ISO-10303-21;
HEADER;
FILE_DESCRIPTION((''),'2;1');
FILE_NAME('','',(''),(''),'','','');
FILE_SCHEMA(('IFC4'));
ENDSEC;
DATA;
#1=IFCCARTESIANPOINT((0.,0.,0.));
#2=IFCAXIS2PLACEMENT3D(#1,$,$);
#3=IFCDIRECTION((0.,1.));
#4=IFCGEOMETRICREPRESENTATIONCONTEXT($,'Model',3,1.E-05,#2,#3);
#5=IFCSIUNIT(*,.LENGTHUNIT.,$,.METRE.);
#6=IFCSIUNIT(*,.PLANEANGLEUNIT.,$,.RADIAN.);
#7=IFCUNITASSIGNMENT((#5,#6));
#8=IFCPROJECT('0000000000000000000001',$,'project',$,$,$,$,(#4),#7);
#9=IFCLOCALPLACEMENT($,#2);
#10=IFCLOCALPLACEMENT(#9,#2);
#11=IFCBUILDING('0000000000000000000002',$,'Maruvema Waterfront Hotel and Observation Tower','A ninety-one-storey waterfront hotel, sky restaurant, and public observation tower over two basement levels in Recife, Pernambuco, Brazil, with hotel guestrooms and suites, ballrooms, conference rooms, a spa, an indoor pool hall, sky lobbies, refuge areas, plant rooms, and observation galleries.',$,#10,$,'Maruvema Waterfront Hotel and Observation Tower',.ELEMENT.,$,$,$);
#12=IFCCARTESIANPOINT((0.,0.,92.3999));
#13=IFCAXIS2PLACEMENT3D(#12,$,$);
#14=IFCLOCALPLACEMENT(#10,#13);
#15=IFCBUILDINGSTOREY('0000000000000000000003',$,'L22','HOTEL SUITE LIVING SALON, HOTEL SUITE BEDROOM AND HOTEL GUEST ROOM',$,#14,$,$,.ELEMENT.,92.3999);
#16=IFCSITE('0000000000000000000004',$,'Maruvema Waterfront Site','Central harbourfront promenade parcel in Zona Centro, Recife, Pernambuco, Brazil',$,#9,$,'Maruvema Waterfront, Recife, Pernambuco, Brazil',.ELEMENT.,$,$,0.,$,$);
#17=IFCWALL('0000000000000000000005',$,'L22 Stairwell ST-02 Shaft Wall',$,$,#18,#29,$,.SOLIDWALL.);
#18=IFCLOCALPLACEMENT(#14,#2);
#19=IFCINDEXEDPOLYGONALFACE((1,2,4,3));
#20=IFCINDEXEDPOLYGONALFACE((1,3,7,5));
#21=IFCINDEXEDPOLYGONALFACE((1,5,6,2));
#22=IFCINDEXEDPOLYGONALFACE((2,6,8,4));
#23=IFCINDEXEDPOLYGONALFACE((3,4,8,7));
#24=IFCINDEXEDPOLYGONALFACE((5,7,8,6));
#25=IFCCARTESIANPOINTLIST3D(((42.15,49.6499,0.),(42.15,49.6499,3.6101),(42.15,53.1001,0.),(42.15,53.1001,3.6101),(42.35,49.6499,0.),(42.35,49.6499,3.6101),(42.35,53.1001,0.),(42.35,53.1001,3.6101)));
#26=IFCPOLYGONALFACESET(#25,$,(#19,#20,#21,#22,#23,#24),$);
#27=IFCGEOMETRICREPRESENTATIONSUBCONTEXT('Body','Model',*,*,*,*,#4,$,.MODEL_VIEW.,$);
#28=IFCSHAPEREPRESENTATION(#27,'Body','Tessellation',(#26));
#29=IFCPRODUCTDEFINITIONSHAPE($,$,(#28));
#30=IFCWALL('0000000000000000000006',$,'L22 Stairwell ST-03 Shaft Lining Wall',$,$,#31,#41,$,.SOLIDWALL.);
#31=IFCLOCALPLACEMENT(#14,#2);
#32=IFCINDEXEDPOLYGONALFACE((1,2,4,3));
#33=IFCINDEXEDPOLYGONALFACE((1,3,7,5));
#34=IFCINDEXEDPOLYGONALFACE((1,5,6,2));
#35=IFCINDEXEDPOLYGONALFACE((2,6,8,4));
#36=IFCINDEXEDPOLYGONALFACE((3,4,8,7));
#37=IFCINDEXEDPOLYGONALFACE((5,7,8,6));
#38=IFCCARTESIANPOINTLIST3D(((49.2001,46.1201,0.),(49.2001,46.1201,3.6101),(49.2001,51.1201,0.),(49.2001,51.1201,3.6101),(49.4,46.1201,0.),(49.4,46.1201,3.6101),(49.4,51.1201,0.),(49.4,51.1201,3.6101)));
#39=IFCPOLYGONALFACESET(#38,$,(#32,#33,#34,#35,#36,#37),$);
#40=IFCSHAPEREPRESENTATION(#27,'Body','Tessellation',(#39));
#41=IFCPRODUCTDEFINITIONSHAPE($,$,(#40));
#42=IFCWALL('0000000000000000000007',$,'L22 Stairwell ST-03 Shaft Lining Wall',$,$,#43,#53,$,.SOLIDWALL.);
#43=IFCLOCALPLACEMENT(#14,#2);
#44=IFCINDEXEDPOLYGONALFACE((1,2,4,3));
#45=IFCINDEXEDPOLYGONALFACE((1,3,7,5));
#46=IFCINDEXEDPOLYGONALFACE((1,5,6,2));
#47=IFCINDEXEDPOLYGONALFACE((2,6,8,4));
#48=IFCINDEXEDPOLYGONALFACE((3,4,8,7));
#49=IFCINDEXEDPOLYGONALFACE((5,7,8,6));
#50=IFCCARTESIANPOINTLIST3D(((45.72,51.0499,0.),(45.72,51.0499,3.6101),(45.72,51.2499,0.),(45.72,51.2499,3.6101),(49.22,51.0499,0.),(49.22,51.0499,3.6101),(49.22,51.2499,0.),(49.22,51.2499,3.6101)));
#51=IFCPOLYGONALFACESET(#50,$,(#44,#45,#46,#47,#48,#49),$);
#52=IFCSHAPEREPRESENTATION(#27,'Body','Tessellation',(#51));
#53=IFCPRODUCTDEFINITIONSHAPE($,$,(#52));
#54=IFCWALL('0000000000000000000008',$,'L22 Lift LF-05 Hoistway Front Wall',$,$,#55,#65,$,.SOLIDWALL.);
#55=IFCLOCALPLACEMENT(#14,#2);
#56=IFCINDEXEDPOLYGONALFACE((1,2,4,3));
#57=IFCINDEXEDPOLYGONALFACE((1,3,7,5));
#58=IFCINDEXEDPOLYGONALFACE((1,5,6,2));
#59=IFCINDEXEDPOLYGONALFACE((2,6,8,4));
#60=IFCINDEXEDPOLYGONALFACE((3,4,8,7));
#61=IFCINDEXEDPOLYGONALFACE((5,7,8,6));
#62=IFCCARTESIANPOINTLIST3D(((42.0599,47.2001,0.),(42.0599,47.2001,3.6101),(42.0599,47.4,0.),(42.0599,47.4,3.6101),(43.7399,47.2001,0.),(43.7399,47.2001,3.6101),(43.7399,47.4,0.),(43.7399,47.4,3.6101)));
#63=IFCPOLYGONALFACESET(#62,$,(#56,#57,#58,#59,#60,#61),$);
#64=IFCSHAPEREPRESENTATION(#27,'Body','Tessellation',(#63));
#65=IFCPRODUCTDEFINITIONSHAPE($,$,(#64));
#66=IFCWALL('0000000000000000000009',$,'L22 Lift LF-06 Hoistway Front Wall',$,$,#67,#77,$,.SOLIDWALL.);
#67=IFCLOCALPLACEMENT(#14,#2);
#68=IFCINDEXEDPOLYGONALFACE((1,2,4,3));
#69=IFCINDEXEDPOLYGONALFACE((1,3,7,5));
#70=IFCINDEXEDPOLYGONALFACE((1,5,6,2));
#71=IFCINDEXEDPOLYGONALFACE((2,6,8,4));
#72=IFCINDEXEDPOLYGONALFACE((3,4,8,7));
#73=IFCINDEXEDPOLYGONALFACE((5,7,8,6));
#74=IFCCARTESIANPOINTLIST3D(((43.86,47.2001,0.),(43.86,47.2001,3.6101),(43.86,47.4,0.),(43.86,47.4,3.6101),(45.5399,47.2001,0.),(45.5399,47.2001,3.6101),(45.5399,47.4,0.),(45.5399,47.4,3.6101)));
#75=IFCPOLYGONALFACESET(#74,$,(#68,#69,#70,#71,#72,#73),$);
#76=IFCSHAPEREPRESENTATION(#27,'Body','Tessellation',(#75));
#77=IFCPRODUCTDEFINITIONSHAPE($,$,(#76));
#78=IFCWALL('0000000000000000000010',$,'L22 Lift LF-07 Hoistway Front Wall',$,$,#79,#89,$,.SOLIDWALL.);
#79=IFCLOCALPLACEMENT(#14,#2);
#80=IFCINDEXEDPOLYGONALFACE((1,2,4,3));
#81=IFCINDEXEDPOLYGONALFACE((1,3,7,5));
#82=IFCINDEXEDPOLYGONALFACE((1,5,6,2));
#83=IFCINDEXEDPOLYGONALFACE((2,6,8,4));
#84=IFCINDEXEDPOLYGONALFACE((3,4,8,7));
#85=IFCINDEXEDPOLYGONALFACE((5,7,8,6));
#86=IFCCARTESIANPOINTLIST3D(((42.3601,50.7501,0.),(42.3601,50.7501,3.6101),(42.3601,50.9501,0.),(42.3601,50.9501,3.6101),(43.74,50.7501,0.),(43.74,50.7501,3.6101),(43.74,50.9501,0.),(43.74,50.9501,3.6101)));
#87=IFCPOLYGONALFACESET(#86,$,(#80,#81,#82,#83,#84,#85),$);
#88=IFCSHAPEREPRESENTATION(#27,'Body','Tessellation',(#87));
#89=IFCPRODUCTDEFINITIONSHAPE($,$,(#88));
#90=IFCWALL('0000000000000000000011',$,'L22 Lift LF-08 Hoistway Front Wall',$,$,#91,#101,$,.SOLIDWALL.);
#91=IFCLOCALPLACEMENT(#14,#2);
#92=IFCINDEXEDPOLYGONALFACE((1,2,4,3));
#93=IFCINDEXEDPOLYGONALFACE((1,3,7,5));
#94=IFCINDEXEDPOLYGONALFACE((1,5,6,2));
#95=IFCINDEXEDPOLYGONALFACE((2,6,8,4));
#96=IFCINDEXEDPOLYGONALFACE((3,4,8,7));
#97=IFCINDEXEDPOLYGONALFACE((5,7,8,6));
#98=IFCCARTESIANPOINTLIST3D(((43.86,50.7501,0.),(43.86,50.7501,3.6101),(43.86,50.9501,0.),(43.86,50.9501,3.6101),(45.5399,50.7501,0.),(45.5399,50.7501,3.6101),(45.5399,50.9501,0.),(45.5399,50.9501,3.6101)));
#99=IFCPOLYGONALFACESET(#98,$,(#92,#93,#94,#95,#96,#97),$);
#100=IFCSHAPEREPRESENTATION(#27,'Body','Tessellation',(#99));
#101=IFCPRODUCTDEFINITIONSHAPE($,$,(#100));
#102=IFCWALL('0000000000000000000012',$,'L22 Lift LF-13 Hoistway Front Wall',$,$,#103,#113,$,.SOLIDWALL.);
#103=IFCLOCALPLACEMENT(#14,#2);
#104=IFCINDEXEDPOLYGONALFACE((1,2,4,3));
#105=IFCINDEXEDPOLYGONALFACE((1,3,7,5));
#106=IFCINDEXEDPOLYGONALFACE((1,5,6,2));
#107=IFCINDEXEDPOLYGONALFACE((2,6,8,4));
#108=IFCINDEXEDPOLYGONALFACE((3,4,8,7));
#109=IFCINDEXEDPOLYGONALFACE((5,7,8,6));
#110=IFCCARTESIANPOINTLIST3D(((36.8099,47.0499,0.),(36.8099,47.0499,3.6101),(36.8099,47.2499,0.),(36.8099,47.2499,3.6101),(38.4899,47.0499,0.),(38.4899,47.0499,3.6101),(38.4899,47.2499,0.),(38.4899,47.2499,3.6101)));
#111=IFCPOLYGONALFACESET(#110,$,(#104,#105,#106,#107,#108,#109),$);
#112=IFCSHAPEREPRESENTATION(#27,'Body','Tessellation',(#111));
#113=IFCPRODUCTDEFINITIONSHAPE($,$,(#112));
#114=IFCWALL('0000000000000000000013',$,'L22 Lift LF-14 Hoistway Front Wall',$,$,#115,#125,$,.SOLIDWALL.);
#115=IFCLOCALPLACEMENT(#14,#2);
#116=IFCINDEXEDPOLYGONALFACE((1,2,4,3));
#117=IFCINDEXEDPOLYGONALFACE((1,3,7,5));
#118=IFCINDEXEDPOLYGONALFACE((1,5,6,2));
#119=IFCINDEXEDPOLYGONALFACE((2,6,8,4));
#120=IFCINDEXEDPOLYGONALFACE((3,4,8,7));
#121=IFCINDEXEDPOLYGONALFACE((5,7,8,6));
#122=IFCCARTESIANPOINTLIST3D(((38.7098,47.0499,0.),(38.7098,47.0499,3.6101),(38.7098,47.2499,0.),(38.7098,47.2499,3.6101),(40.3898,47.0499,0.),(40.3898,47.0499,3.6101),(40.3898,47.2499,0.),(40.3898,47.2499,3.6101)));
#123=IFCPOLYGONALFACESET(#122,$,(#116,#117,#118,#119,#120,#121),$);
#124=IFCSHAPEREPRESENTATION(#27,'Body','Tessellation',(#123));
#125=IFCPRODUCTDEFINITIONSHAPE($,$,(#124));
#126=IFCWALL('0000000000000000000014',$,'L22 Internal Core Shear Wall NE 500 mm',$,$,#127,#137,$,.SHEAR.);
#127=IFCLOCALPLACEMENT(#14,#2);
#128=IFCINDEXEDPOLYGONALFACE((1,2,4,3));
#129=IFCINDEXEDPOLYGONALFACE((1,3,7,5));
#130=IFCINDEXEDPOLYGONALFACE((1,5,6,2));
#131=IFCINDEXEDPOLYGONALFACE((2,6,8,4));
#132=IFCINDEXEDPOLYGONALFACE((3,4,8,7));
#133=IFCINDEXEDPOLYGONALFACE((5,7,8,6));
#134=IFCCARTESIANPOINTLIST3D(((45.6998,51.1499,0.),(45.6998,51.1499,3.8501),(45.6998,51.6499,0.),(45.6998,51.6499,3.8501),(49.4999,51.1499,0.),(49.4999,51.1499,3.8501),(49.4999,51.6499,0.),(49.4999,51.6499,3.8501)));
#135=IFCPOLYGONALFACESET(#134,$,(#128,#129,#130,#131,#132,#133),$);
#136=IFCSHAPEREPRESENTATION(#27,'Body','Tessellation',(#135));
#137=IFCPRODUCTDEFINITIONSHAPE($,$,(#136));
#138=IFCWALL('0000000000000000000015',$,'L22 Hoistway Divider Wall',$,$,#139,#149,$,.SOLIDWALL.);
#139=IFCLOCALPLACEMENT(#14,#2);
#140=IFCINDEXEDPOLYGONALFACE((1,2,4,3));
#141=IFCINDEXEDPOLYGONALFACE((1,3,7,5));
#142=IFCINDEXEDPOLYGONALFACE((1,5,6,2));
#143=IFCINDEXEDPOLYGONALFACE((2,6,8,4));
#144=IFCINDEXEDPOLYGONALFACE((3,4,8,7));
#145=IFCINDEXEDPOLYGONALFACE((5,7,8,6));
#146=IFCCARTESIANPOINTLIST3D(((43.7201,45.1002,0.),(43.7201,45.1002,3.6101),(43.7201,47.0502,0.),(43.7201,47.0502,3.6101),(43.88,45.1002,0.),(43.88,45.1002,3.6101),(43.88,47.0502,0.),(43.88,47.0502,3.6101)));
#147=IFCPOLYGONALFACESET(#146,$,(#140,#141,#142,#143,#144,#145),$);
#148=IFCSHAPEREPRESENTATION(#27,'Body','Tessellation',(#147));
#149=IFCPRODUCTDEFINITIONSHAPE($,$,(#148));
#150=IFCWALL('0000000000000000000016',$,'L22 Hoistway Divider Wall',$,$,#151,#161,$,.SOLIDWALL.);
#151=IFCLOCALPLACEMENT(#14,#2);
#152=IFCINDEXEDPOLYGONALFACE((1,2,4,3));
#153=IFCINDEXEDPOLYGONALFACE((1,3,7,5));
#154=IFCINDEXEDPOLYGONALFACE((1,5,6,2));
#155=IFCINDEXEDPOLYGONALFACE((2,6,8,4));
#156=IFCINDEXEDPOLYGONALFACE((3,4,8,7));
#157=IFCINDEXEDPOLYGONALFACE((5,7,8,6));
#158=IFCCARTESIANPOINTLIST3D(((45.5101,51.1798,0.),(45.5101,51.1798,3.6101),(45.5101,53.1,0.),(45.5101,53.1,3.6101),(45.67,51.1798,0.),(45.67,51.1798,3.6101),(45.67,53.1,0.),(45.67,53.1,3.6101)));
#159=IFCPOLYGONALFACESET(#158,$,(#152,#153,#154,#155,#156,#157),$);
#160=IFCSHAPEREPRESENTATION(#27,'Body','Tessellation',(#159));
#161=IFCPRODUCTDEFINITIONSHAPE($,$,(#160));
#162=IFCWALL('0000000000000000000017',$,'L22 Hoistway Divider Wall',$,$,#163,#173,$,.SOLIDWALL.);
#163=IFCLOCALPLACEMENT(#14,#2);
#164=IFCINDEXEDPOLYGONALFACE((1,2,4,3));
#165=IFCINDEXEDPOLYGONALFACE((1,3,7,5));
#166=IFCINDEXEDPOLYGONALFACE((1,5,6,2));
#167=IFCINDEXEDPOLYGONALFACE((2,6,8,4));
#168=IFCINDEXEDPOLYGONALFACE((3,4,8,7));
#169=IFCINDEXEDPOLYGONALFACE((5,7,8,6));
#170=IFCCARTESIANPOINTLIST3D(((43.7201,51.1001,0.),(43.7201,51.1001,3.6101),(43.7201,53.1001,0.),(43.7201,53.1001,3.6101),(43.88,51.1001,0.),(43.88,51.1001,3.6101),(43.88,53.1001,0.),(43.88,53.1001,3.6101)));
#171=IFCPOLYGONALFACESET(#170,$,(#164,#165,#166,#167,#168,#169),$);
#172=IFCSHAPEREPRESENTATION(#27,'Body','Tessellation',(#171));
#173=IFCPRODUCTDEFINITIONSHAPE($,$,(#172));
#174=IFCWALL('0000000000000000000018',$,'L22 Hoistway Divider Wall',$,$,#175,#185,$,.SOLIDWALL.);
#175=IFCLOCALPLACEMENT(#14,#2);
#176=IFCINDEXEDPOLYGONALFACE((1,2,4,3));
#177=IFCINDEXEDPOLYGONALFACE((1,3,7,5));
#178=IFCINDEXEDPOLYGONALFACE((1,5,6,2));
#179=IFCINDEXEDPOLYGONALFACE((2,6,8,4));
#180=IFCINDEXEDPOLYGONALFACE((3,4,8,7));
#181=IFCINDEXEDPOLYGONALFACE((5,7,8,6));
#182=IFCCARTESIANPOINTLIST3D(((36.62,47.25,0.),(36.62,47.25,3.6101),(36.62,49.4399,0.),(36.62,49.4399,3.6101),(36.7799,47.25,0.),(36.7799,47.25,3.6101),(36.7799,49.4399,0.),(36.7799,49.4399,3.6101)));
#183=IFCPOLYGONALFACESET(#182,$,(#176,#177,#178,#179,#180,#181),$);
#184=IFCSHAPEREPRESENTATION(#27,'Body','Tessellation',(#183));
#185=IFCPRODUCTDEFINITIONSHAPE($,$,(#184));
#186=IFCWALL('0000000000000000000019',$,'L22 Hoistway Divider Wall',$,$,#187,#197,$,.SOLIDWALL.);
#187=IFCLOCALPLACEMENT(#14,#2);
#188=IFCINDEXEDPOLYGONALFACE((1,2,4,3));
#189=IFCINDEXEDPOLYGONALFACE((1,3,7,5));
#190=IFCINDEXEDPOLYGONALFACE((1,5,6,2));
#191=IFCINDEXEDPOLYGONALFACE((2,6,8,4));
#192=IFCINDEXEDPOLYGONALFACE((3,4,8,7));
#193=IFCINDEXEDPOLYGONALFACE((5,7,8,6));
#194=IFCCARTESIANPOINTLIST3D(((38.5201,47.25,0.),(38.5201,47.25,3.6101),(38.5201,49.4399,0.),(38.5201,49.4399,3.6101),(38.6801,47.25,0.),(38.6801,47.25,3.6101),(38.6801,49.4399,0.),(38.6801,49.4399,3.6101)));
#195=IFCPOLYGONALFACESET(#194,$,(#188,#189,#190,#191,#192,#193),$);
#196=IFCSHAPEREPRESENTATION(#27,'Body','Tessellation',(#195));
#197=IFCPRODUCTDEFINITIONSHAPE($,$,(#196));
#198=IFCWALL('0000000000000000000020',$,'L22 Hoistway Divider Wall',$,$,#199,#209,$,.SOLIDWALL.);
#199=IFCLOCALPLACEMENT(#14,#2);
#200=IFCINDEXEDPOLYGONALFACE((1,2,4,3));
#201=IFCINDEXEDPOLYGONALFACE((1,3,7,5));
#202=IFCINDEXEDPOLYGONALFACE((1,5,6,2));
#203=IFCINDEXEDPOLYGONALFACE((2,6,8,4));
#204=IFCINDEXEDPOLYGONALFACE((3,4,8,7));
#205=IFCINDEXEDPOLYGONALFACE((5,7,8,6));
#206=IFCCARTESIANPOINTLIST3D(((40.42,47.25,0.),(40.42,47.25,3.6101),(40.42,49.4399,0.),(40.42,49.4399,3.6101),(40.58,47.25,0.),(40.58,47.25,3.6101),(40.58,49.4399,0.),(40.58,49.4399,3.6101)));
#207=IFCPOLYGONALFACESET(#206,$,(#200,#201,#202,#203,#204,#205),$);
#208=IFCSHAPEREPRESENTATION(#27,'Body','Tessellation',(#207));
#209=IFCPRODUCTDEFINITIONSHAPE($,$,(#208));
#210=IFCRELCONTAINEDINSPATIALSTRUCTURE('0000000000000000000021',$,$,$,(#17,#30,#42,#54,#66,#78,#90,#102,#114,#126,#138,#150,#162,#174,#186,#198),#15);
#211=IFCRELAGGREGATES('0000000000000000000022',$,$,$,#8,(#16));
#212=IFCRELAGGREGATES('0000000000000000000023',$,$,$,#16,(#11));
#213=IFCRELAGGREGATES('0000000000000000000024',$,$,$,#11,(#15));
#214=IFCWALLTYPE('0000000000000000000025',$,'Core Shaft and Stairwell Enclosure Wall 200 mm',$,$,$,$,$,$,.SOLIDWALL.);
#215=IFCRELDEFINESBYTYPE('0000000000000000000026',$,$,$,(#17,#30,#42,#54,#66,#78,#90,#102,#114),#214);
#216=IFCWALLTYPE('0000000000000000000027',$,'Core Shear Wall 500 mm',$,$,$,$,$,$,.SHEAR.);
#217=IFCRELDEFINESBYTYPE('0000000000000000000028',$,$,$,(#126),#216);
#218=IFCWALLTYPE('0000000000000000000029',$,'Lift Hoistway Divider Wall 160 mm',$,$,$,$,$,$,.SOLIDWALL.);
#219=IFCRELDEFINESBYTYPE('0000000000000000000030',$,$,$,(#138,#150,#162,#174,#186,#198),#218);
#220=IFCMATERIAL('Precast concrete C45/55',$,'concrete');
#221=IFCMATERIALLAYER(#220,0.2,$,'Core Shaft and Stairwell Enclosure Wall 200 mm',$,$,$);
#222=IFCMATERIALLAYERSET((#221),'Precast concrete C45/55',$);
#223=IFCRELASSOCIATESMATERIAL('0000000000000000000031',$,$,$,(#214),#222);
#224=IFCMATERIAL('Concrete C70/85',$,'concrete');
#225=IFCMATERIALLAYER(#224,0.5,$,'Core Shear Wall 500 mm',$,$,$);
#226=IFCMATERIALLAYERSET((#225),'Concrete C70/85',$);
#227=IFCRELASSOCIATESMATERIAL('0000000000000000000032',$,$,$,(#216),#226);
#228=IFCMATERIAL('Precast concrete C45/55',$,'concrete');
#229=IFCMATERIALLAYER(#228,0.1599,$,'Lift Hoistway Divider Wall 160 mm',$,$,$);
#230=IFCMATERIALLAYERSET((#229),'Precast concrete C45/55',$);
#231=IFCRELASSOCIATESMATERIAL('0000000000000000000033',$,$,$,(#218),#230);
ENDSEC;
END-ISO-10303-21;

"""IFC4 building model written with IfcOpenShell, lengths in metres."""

from ifc_helpers import new_model, si_unit, direction, frame, frame_2d, origin, place, context, subcontext, project, spatial, rectangle, extrude, material, layer, layer_set, type_object, element, save


model = new_model("IFC4")

# Units and contexts
model_context = context("Model", 3, precision=1e-05, world=origin(), true_north=direction((0.0, 1.0)))
body_context = subcontext(model_context, "Body", "Model", "MODEL_VIEW")
ifc_project = project(units=[si_unit("LENGTHUNIT", "METRE"), si_unit("PLANEANGLEUNIT", "RADIAN")], contexts=[model_context])

# Site, building, storey
site_placement = place(None, origin())
site = spatial("IfcSite", under=ifc_project, at=site_placement, Name="Maruvema Waterfront Site", Description="Central harbourfront promenade parcel in Zona Centro, Recife, Pernambuco, Brazil", LongName="Maruvema Waterfront, Recife, Pernambuco, Brazil", CompositionType="ELEMENT", RefElevation=0.0)
building_placement = place(site_placement, origin())
building = spatial("IfcBuilding", under=site, at=building_placement, Name="Maruvema Waterfront Hotel and Observation Tower", Description="A ninety-one-storey waterfront hotel, sky restaurant, and public observation tower over two basement levels in Recife, Pernambuco, Brazil, with hotel guestrooms and suites, ballrooms, conference rooms, a spa, an indoor pool hall, sky lobbies, refuge areas, plant rooms, and observation galleries.", LongName="Maruvema Waterfront Hotel and Observation Tower", CompositionType="ELEMENT")
storey_placement = place(building_placement, frame((0.0, 0.0, 92.3999)))
storey = spatial("IfcBuildingStorey", under=building, at=storey_placement, Name="L22", Description="HOTEL SUITE LIVING SALON, HOTEL SUITE BEDROOM AND HOTEL GUEST ROOM", CompositionType="ELEMENT", Elevation=92.3999)

# Walls
ifc_material_1 = material(Name="Precast concrete C45/55", Category="concrete")
ifc_layer_1 = layer(ifc_material_1, 0.2, Name="Core Shaft and Stairwell Enclosure Wall 200 mm")
ifc_layer_set_1 = layer_set([ifc_layer_1], Name="Precast concrete C45/55")
wall_type_1 = type_object("IfcWallType", Name="Core Shaft and Stairwell Enclosure Wall 200 mm", PredefinedType="SOLIDWALL", material=ifc_layer_set_1)
wall_1_placement = place(storey_placement, frame((42.25, 49.6499, 0.0), z_axis=(0.0, 0.0, 1.0), x_axis=(0.0, 1.0, 0.0)))
element("IfcWall", 1, at=wall_1_placement, inside=storey, type_object=wall_type_1, Name="L22 Stairwell ST-02 Shaft Wall", PredefinedType="SOLIDWALL", context=body_context, shape_type="SweptSolid", body=[
    extrude(rectangle(XDim=3.4502, YDim=0.2, at=frame_2d((1.7251, 0.0))), origin(), (0.0, 0.0, 1.0), 3.6101),
])
wall_2_placement = place(storey_placement, frame((49.3, 46.1201, 0.0), z_axis=(0.0, 0.0, 1.0), x_axis=(0.0, 1.0, 0.0)))
element("IfcWall", 2, at=wall_2_placement, inside=storey, type_object=wall_type_1, Name="L22 Stairwell ST-03 Shaft Lining Wall", PredefinedType="SOLIDWALL", context=body_context, shape_type="SweptSolid", body=[
    extrude(rectangle(XDim=5.0, YDim=0.2, at=frame_2d((2.5, 0.0))), origin(), (0.0, 0.0, 1.0), 3.6101),
])
wall_3_placement = place(storey_placement, frame((45.72, 51.1499, 0.0), z_axis=(0.0, 0.0, 1.0), x_axis=(1.0, 0.0, 0.0)))
element("IfcWall", 3, at=wall_3_placement, inside=storey, type_object=wall_type_1, Name="L22 Stairwell ST-03 Shaft Lining Wall", PredefinedType="SOLIDWALL", context=body_context, shape_type="SweptSolid", body=[
    extrude(rectangle(XDim=3.5, YDim=0.2, at=frame_2d((1.75, 0.0))), origin(), (0.0, 0.0, 1.0), 3.6101),
])
for number, where, z_axis, x_axis, name in (
    (4, (42.0601, 47.3, 0.0), (0.0, 0.0, 1.0), (1.0, 0.0, 0.0), "L22 Lift LF-05 Hoistway Front Wall"),
    (5, (43.8601, 47.3, 0.0), (0.0, 0.0, 1.0), (1.0, 0.0, 0.0), "L22 Lift LF-06 Hoistway Front Wall"),
):
    element("IfcWall", number, at=place(storey_placement, frame(where, z_axis=z_axis, x_axis=x_axis)), inside=storey, type_object=wall_type_1, Name=name, PredefinedType="SOLIDWALL", context=body_context, shape_type="SweptSolid", body=[
        extrude(rectangle(XDim=1.6799, YDim=0.2, at=frame_2d((0.8398, 0.0))), origin(), (0.0, 0.0, 1.0), 3.6101),
    ])
wall_4_placement = place(storey_placement, frame((42.3601, 50.8501, 0.0), z_axis=(0.0, 0.0, 1.0), x_axis=(1.0, 0.0, 0.0)))
element("IfcWall", 6, at=wall_4_placement, inside=storey, type_object=wall_type_1, Name="L22 Lift LF-07 Hoistway Front Wall", PredefinedType="SOLIDWALL", context=body_context, shape_type="SweptSolid", body=[
    extrude(rectangle(XDim=1.3799, YDim=0.2, at=frame_2d((0.6899, 0.0))), origin(), (0.0, 0.0, 1.0), 3.6101),
])
for number, where, z_axis, x_axis, name in (
    (7, (43.8601, 50.8501, 0.0), (0.0, 0.0, 1.0), (1.0, 0.0, 0.0), "L22 Lift LF-08 Hoistway Front Wall"),
    (8, (36.8101, 47.1499, 0.0), (0.0, 0.0, 1.0), (1.0, 0.0, 0.0), "L22 Lift LF-13 Hoistway Front Wall"),
    (9, (38.71, 47.1499, 0.0), (0.0, 0.0, 1.0), (1.0, 0.0, 0.0), "L22 Lift LF-14 Hoistway Front Wall"),
):
    element("IfcWall", number, at=place(storey_placement, frame(where, z_axis=z_axis, x_axis=x_axis)), inside=storey, type_object=wall_type_1, Name=name, PredefinedType="SOLIDWALL", context=body_context, shape_type="SweptSolid", body=[
        extrude(rectangle(XDim=1.6799, YDim=0.2, at=frame_2d((0.8398, 0.0))), origin(), (0.0, 0.0, 1.0), 3.6101),
    ])
ifc_material_2 = material(Name="Concrete C70/85", Category="concrete")
ifc_layer_2 = layer(ifc_material_2, 0.5, Name="Core Shear Wall 500 mm")
ifc_layer_set_2 = layer_set([ifc_layer_2], Name="Concrete C70/85")
wall_type_2 = type_object("IfcWallType", Name="Core Shear Wall 500 mm", PredefinedType="SHEAR", material=ifc_layer_set_2)
wall_5_placement = place(storey_placement, frame((45.7, 51.3999, 0.0), z_axis=(0.0, 0.0, 1.0), x_axis=(1.0, 0.0, 0.0)))
element("IfcWall", 10, at=wall_5_placement, inside=storey, type_object=wall_type_2, Name="L22 Internal Core Shear Wall NE 500 mm", PredefinedType="SHEAR", context=body_context, shape_type="SweptSolid", body=[
    extrude(rectangle(XDim=3.8, YDim=0.5, at=frame_2d((1.8999, 0.0))), origin(), (0.0, 0.0, 1.0), 3.8501),
])
ifc_material_3 = material(Name="Precast concrete C45/55", Category="concrete")
ifc_layer_3 = layer(ifc_material_3, 0.1599, Name="Lift Hoistway Divider Wall 160 mm")
ifc_layer_set_3 = layer_set([ifc_layer_3], Name="Precast concrete C45/55")
wall_type_3 = type_object("IfcWallType", Name="Lift Hoistway Divider Wall 160 mm", PredefinedType="SOLIDWALL", material=ifc_layer_set_3)
wall_6_placement = place(storey_placement, frame((43.8, 45.1001, 0.0), z_axis=(0.0, 0.0, 1.0), x_axis=(0.0, 1.0, 0.0)))
element("IfcWall", 11, at=wall_6_placement, inside=storey, type_object=wall_type_3, Name="L22 Hoistway Divider Wall", PredefinedType="SOLIDWALL", context=body_context, shape_type="SweptSolid", body=[
    extrude(rectangle(XDim=1.95, YDim=0.1599, at=frame_2d((0.9751, 0.0))), origin(), (0.0, 0.0, 1.0), 3.6101),
])
wall_7_placement = place(storey_placement, frame((45.5901, 51.1799, 0.0), z_axis=(0.0, 0.0, 1.0), x_axis=(0.0, 1.0, 0.0)))
element("IfcWall", 12, at=wall_7_placement, inside=storey, type_object=wall_type_3, Name="L22 Hoistway Divider Wall", PredefinedType="SOLIDWALL", context=body_context, shape_type="SweptSolid", body=[
    extrude(rectangle(XDim=1.9202, YDim=0.1599, at=frame_2d((0.96, 0.0))), origin(), (0.0, 0.0, 1.0), 3.6101),
])
wall_8_placement = place(storey_placement, frame((43.8, 51.1001, 0.0), z_axis=(0.0, 0.0, 1.0), x_axis=(0.0, 1.0, 0.0)))
element("IfcWall", 13, at=wall_8_placement, inside=storey, type_object=wall_type_3, Name="L22 Hoistway Divider Wall", PredefinedType="SOLIDWALL", context=body_context, shape_type="SweptSolid", body=[
    extrude(rectangle(XDim=2.0, YDim=0.1599, at=frame_2d((1.0, 0.0))), origin(), (0.0, 0.0, 1.0), 3.6101),
])
for number, where, z_axis, x_axis, name in (
    (14, (36.7, 47.25, 0.0), (0.0, 0.0, 1.0), (0.0, 1.0, 0.0), "L22 Hoistway Divider Wall"),
    (15, (38.6001, 47.25, 0.0), (0.0, 0.0, 1.0), (0.0, 1.0, 0.0), "L22 Hoistway Divider Wall"),
    (16, (40.5, 47.25, 0.0), (0.0, 0.0, 1.0), (0.0, 1.0, 0.0), "L22 Hoistway Divider Wall"),
):
    element("IfcWall", number, at=place(storey_placement, frame(where, z_axis=z_axis, x_axis=x_axis)), inside=storey, type_object=wall_type_3, Name=name, PredefinedType="SOLIDWALL", context=body_context, shape_type="SweptSolid", body=[
        extrude(rectangle(XDim=2.1899, YDim=0.1599, at=frame_2d((1.095, 0.0))), origin(), (0.0, 0.0, 1.0), 3.6101),
    ])

save(model, "model.ifc")
